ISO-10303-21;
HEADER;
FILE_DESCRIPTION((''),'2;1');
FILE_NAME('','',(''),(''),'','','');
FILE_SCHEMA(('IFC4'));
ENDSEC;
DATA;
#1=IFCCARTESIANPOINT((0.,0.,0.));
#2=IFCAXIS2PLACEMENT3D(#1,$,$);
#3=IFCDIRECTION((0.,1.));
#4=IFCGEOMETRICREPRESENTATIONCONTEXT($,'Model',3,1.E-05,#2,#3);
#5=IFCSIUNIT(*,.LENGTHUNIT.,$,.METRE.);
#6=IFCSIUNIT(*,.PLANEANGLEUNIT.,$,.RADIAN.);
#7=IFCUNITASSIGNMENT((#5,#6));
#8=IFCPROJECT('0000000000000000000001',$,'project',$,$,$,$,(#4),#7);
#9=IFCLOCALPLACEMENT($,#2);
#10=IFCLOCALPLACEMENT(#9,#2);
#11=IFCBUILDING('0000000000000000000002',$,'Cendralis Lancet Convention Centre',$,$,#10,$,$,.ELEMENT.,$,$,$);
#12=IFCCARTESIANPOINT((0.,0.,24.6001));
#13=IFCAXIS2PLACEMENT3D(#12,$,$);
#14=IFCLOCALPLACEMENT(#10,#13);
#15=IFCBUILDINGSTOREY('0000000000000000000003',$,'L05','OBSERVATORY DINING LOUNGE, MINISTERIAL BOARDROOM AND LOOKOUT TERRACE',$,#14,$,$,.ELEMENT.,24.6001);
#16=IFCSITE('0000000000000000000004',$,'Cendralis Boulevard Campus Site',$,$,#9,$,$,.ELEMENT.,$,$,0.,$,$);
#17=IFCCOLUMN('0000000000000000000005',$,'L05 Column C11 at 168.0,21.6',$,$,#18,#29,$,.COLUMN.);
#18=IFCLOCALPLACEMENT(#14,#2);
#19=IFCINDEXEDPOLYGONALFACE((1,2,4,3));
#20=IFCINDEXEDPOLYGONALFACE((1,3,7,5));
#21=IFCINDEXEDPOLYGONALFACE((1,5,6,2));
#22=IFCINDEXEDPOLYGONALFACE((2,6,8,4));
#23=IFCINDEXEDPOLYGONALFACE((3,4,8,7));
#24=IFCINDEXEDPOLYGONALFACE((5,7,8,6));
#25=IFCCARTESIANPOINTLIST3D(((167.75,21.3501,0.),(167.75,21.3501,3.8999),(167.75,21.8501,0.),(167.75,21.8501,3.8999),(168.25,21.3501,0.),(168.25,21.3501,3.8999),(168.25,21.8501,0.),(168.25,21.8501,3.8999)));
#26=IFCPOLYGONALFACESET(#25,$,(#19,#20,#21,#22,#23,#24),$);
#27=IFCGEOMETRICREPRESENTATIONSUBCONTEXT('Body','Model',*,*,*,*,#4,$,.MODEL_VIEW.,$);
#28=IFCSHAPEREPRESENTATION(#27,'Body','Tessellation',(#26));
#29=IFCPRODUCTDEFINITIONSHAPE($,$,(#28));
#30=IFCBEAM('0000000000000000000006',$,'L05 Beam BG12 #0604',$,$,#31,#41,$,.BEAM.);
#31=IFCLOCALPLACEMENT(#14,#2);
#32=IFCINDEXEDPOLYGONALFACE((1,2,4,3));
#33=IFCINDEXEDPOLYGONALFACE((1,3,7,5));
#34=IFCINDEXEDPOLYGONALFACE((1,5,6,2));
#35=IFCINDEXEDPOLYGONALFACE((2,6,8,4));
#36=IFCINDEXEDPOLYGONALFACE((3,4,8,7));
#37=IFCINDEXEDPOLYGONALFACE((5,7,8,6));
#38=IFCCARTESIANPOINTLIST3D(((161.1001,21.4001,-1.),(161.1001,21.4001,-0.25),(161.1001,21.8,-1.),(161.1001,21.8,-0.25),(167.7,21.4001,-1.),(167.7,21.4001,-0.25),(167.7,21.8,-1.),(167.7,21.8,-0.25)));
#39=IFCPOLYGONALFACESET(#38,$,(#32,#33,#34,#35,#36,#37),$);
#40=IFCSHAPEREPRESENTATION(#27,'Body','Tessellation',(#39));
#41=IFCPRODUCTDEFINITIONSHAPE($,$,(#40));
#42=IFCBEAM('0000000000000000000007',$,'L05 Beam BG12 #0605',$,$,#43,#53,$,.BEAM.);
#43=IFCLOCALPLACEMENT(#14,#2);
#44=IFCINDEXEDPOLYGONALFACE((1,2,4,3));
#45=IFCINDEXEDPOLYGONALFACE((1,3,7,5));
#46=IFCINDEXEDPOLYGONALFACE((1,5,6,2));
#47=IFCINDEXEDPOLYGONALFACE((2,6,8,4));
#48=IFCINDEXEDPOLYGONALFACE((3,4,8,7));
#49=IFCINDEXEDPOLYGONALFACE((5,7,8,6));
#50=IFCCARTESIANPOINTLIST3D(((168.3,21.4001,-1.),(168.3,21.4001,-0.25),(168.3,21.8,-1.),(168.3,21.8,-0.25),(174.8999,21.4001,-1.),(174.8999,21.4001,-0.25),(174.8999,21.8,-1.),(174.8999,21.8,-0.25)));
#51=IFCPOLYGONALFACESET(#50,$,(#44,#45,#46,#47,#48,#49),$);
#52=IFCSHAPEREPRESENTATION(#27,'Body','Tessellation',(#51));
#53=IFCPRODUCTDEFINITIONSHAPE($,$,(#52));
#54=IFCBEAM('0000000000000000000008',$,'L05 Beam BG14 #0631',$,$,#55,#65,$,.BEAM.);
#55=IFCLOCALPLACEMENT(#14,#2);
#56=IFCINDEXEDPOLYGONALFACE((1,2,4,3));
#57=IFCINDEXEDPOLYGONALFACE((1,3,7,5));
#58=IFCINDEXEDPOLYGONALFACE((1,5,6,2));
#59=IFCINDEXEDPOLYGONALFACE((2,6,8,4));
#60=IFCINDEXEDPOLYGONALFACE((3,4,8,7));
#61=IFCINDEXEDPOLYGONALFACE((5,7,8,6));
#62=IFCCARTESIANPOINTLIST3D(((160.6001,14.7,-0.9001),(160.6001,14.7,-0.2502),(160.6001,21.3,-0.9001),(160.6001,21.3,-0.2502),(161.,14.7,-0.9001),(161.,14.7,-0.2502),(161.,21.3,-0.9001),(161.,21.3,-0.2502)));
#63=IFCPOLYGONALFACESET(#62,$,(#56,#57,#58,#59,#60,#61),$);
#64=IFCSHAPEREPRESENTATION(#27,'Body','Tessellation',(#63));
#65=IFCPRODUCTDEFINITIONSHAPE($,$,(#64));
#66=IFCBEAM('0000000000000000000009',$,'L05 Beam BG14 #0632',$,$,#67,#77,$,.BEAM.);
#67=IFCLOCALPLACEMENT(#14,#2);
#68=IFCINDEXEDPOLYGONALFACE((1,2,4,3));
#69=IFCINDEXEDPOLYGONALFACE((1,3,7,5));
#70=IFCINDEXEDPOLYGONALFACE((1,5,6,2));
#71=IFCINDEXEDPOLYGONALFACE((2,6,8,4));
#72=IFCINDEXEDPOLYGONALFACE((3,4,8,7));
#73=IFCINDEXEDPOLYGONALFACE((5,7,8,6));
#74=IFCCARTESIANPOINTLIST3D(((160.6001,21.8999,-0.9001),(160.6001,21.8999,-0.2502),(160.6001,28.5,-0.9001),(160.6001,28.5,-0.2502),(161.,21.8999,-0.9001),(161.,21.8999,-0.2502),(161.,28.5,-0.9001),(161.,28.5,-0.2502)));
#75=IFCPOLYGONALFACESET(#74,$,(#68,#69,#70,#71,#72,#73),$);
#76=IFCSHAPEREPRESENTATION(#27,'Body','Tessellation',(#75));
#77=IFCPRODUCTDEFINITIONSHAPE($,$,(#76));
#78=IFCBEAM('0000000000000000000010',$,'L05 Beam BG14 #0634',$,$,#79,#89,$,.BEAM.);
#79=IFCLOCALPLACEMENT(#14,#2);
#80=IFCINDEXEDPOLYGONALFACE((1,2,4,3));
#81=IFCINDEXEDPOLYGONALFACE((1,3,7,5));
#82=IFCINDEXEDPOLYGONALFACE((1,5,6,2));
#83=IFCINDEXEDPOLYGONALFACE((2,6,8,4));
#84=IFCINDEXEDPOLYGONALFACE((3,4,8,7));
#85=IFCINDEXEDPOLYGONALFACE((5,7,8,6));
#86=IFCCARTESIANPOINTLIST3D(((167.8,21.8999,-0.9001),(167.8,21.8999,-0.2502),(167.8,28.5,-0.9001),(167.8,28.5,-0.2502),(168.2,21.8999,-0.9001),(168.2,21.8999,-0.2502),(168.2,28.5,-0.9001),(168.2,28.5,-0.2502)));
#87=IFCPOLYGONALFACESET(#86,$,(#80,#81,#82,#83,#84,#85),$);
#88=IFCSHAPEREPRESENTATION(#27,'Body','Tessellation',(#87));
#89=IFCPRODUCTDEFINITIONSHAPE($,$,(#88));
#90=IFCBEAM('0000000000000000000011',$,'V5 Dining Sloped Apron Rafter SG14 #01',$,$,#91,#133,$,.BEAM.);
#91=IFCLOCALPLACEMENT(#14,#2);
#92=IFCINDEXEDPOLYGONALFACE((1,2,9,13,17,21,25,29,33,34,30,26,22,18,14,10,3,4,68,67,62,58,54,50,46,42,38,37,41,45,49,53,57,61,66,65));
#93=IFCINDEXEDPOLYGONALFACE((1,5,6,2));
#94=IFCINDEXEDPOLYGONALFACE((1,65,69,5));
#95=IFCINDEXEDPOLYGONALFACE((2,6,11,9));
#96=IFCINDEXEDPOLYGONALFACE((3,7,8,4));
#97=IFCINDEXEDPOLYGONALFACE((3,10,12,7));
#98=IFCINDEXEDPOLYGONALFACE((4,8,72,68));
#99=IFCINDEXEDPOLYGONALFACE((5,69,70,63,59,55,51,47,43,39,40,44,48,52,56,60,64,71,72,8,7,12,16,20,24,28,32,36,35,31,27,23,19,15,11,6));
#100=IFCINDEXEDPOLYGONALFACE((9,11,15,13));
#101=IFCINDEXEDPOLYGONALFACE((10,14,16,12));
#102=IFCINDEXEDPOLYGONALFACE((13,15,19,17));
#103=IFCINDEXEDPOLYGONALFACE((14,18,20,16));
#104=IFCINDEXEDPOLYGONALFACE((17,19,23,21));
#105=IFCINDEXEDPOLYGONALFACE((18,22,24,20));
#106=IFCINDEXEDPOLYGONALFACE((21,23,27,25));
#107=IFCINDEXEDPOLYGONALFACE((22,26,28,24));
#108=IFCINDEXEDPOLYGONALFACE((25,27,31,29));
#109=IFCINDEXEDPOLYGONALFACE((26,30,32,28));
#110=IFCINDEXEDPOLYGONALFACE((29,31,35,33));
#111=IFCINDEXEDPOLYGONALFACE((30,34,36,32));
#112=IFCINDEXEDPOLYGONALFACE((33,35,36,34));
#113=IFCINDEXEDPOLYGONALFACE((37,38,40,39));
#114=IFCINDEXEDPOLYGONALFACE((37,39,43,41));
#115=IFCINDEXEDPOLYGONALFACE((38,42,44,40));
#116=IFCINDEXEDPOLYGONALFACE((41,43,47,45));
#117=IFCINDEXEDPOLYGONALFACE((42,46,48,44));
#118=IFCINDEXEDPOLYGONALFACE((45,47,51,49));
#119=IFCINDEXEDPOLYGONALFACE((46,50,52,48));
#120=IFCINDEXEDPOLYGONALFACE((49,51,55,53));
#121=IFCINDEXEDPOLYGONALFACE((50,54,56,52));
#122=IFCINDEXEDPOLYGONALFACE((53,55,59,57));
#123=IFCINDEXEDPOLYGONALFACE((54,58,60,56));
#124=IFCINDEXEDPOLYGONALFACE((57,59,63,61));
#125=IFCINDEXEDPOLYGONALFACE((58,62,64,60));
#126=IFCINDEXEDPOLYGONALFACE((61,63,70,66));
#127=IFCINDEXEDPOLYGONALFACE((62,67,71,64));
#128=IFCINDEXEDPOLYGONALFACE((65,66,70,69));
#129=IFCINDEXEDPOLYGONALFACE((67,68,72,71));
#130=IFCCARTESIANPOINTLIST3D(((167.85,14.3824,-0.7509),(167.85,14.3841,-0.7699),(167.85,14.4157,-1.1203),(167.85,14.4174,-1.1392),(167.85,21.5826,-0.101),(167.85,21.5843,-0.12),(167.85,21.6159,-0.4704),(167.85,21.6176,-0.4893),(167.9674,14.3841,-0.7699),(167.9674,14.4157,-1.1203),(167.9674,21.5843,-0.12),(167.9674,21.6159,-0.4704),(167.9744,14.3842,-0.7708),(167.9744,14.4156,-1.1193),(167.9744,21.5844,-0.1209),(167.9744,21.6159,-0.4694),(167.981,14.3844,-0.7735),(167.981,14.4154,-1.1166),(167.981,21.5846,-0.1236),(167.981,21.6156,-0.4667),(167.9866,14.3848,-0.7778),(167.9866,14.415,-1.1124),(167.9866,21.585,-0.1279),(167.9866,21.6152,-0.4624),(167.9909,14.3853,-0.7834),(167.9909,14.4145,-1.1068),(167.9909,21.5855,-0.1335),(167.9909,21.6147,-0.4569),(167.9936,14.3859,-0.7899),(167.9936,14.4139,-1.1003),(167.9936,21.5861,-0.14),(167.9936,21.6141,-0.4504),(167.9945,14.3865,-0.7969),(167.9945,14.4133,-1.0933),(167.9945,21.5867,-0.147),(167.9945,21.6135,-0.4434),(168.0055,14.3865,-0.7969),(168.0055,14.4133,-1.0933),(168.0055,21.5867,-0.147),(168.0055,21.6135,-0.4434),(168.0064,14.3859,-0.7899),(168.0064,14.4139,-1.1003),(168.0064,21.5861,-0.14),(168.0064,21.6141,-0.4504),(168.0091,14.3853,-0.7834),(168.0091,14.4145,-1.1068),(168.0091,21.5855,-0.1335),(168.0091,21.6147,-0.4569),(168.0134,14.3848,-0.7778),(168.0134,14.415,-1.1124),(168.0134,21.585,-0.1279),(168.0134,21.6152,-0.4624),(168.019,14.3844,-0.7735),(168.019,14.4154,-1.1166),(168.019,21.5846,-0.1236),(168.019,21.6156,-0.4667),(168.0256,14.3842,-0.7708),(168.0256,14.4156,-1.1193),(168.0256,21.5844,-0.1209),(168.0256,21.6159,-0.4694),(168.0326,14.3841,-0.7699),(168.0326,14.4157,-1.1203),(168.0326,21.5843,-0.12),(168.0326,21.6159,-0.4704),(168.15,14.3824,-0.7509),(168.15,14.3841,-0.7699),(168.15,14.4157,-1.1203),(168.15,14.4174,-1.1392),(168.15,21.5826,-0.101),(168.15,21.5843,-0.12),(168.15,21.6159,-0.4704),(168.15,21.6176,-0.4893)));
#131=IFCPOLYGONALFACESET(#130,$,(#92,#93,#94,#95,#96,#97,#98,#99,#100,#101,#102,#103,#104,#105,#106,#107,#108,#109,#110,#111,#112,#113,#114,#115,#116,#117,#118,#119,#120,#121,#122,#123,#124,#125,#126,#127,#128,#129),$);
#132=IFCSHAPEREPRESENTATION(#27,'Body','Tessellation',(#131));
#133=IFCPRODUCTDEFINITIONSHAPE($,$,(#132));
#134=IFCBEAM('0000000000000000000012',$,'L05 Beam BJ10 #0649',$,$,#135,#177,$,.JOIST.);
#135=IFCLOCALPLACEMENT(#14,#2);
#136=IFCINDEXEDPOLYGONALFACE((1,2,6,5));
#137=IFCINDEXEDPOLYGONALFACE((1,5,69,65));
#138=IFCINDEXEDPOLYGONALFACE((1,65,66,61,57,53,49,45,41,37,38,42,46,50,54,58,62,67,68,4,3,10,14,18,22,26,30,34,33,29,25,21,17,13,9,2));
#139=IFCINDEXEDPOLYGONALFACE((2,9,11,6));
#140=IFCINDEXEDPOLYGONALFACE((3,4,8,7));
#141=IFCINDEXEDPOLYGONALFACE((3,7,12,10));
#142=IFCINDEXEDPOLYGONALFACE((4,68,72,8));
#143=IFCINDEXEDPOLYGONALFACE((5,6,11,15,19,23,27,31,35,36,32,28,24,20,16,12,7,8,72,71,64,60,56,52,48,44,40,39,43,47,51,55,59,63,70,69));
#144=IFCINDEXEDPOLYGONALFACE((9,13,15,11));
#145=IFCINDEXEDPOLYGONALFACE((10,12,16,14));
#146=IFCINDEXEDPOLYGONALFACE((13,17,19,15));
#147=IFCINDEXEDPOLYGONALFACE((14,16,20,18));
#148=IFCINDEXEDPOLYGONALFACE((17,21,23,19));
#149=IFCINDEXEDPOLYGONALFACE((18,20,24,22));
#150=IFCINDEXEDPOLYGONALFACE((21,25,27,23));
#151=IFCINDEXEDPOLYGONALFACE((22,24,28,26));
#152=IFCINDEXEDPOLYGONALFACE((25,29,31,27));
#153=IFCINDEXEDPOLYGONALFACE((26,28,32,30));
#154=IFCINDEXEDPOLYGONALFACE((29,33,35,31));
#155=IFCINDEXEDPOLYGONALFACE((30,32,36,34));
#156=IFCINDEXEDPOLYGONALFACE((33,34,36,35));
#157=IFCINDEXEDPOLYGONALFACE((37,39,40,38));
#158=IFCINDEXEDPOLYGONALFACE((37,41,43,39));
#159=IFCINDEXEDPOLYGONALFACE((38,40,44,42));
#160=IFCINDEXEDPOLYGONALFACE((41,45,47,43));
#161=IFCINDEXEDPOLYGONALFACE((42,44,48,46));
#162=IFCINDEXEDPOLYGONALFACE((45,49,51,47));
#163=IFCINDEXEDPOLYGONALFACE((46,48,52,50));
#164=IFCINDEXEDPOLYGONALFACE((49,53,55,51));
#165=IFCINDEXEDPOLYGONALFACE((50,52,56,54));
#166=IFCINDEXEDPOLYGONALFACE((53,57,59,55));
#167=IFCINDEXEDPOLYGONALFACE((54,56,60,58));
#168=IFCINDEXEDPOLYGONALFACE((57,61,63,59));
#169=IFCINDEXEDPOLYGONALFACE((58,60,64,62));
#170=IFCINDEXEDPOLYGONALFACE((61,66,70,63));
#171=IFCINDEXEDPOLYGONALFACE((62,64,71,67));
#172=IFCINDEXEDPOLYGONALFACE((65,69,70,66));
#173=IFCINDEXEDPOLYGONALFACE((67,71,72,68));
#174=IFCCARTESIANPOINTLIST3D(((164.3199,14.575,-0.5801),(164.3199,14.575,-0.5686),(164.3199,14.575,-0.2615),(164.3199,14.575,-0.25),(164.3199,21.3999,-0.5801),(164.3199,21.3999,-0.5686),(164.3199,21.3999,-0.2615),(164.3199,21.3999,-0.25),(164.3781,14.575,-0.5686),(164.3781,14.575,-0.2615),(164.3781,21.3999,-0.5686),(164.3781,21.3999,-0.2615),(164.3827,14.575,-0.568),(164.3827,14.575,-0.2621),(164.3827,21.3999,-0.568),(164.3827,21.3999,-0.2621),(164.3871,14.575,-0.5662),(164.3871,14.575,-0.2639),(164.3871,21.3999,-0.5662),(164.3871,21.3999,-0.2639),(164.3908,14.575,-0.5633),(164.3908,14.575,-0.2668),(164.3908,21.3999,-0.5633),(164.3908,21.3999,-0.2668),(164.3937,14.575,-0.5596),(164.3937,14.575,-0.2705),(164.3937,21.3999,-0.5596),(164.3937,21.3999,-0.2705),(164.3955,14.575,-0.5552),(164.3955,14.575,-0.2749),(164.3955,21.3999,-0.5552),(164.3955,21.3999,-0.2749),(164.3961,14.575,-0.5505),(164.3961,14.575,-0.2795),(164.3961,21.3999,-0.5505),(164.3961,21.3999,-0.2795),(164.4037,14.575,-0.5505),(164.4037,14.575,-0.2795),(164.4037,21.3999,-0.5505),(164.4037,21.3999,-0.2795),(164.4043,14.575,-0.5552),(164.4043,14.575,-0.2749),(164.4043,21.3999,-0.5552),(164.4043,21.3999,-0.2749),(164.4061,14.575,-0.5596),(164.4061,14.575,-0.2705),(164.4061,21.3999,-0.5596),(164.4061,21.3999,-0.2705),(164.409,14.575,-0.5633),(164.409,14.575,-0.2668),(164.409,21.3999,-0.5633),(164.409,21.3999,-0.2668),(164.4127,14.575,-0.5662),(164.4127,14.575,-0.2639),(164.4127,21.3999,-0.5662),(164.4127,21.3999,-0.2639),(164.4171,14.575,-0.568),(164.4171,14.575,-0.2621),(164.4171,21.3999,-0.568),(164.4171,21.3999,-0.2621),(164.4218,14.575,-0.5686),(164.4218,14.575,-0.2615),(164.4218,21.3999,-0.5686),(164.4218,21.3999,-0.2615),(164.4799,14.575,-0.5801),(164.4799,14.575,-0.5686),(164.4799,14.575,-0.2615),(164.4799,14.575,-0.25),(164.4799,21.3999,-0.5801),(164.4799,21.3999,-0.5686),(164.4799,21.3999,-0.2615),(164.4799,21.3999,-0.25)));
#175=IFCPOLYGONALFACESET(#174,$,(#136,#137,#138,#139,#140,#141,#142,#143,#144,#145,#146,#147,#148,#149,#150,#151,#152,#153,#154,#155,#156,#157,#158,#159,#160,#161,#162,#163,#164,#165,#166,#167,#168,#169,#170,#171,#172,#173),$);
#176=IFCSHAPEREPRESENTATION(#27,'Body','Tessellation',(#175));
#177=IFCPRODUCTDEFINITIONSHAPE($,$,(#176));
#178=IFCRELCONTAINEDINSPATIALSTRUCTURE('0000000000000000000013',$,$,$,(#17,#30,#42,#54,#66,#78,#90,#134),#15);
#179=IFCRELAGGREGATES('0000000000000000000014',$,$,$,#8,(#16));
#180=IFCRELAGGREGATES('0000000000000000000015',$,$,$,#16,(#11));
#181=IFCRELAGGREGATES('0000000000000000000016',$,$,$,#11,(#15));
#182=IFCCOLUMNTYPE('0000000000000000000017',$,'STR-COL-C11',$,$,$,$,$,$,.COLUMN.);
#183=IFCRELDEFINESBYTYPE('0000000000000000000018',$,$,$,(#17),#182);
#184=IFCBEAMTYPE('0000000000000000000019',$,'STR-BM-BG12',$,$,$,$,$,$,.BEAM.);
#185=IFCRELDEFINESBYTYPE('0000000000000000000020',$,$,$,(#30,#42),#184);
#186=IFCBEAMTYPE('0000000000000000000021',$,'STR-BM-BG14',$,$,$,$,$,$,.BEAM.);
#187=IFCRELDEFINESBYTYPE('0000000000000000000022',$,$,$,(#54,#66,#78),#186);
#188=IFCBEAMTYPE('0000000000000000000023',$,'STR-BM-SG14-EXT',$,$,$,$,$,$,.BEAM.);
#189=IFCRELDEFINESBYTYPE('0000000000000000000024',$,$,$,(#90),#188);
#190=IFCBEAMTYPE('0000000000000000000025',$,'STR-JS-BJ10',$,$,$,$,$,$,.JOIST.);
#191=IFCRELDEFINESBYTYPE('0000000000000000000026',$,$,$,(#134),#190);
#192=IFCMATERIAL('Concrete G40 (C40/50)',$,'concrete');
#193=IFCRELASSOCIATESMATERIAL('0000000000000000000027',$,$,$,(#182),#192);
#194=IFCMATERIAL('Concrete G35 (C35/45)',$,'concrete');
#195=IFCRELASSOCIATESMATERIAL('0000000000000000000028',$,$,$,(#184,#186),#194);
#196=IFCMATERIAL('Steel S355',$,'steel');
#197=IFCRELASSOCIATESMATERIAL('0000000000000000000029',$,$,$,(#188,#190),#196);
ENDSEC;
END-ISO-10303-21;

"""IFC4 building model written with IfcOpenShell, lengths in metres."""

from ifc_helpers import new_model, si_unit, direction, frame, origin, origin_2d, place, context, subcontext, project, spatial, rectangle, i_section, extrude, material, material_profile, profile_set, type_object, element, save


model = new_model("IFC4")

# Units and contexts
model_context = context("Model", 3, precision=1e-05, world=origin(), true_north=direction((0.0, 1.0)))
body_context = subcontext(model_context, "Body", "Model", "MODEL_VIEW")
ifc_project = project(units=[si_unit("LENGTHUNIT", "METRE"), si_unit("PLANEANGLEUNIT", "RADIAN")], contexts=[model_context])

# Site, building, storey
site_placement = place(None, origin())
site = spatial("IfcSite", under=ifc_project, at=site_placement, Name="Cendralis Boulevard Campus Site", CompositionType="ELEMENT", RefElevation=0.0)
building_placement = place(site_placement, origin())
building = spatial("IfcBuilding", under=site, at=building_placement, Name="Cendralis Lancet Convention Centre", CompositionType="ELEMENT")
storey_placement = place(building_placement, frame((0.0, 0.0, 24.6001)))
storey = spatial("IfcBuildingStorey", under=building, at=storey_placement, Name="L05", Description="OBSERVATORY DINING LOUNGE, MINISTERIAL BOARDROOM AND LOOKOUT TERRACE", CompositionType="ELEMENT", Elevation=24.6001)

# Column
ifc_material_1 = material(Name="Concrete G40 (C40/50)", Category="concrete")
ifc_material_profile_1 = material_profile(ifc_material_1, rectangle(XDim=0.5, YDim=0.5, at=origin_2d()), Name="RC 500x500")
ifc_profile_set_1 = profile_set([ifc_material_profile_1], Name="Concrete G40 (C40/50)")
column_type = type_object("IfcColumnType", Name="STR-COL-C11", PredefinedType="COLUMN", material=ifc_profile_set_1)
column_placement = place(storey_placement, frame((168.0, 21.6001, 0.0), z_axis=(0.0, 0.0, 1.0), x_axis=(1.0, 0.0, 0.0)))
element("IfcColumn", 1, at=column_placement, inside=storey, type_object=column_type, Name="L05 Column C11 at 168.0,21.6", PredefinedType="COLUMN", context=body_context, shape_type="SweptSolid", body=[
    extrude(rectangle(XDim=0.5, YDim=0.5, at=origin_2d()), origin(), (0.0, 0.0, 1.0), 3.8999),
])

# Beams
ifc_material_2 = material(Name="Concrete G35 (C35/45)", Category="concrete")
ifc_material_profile_2 = material_profile(ifc_material_2, rectangle(XDim=0.3999, YDim=0.75, at=origin_2d()), Name="RCB 400x750")
ifc_profile_set_2 = profile_set([ifc_material_profile_2], Name="Concrete G35 (C35/45)")
beam_type_1 = type_object("IfcBeamType", Name="STR-BM-BG12", PredefinedType="BEAM", material=ifc_profile_set_2)
for number, where, z_axis, x_axis, name in (
    (2, (161.1001, 21.6001, -0.625), (1.0, 0.0, 0.0), (0.0, 1.0, 0.0), "L05 Beam BG12 #0604"),
    (3, (168.3, 21.6001, -0.625), (1.0, 0.0, 0.0), (0.0, 1.0, 0.0), "L05 Beam BG12 #0605"),
):
    element("IfcBeam", number, at=place(storey_placement, frame(where, z_axis=z_axis, x_axis=x_axis)), inside=storey, type_object=beam_type_1, Name=name, PredefinedType="BEAM", context=body_context, shape_type="SweptSolid", body=[
        extrude(rectangle(XDim=0.3999, YDim=0.75, at=origin_2d()), origin(), (0.0, 0.0, 1.0), 6.5999),
    ])
ifc_material_profile_3 = material_profile(ifc_material_2, rectangle(XDim=0.3999, YDim=0.6499, at=origin_2d()), Name="RCB 400x650")
ifc_profile_set_3 = profile_set([ifc_material_profile_3], Name="Concrete G35 (C35/45)")
beam_type_2 = type_object("IfcBeamType", Name="STR-BM-BG14", PredefinedType="BEAM", material=ifc_profile_set_3)
for number, where, z_axis, x_axis, name in (
    (4, (160.8, 14.7, -0.5752), (0.0, 1.0, 0.0), (-1.0, 0.0, 0.0), "L05 Beam BG14 #0631"),
    (5, (160.8, 21.8999, -0.5752), (0.0, 1.0, 0.0), (-1.0, 0.0, 0.0), "L05 Beam BG14 #0632"),
    (6, (168.0, 21.8999, -0.5752), (0.0, 1.0, 0.0), (-1.0, 0.0, 0.0), "L05 Beam BG14 #0634"),
):
    element("IfcBeam", number, at=place(storey_placement, frame(where, z_axis=z_axis, x_axis=x_axis)), inside=storey, type_object=beam_type_2, Name=name, PredefinedType="BEAM", context=body_context, shape_type="SweptSolid", body=[
        extrude(rectangle(XDim=0.3999, YDim=0.6499, at=origin_2d()), origin(), (0.0, 0.0, 1.0), 6.6001),
    ])
ifc_material_3 = material(Name="Steel S355", Category="steel")
ifc_material_profile_4 = material_profile(ifc_material_3, i_section(OverallWidth=0.3, OverallDepth=0.3899, WebThickness=0.011, FlangeThickness=0.019, FilletRadius=0.0271, at=origin_2d()), Name="HEA 400")
ifc_profile_set_4 = profile_set([ifc_material_profile_4], Name="Steel S355")
beam_type_3 = type_object("IfcBeamType", Name="STR-BM-SG14-EXT", PredefinedType="BEAM", material=ifc_profile_set_4)
beam_1_placement = place(storey_placement, frame((168.0, 14.3999, -0.9451), z_axis=(0.0, 0.995951, 0.089896), x_axis=(-1.0, 0.0, 0.0)))
element("IfcBeam", 7, at=beam_1_placement, inside=storey, type_object=beam_type_3, Name="V5 Dining Sloped Apron Rafter SG14 #01", PredefinedType="BEAM", context=body_context, shape_type="SweptSolid", body=[
    extrude(i_section(OverallWidth=0.3, OverallDepth=0.3899, WebThickness=0.011, FlangeThickness=0.019, FilletRadius=0.0271, at=origin_2d()), origin(), (0.0, 0.0, 1.0), 7.2295),
])
ifc_material_profile_5 = material_profile(ifc_material_3, i_section(OverallWidth=0.1599, OverallDepth=0.3301, WebThickness=0.0076, FlangeThickness=0.0115, FilletRadius=0.0181, at=origin_2d()), Name="IPE 330")
ifc_profile_set_5 = profile_set([ifc_material_profile_5], Name="Steel S355")
beam_type_4 = type_object("IfcBeamType", Name="STR-JS-BJ10", PredefinedType="JOIST", material=ifc_profile_set_5)
beam_2_placement = place(storey_placement, frame((164.3999, 14.575, -0.415), z_axis=(0.0, 1.0, 0.0), x_axis=(-1.0, 0.0, 0.0)))
element("IfcBeam", 8, at=beam_2_placement, inside=storey, type_object=beam_type_4, Name="L05 Beam BJ10 #0649", PredefinedType="JOIST", context=body_context, shape_type="SweptSolid", body=[
    extrude(i_section(OverallWidth=0.1599, OverallDepth=0.3301, WebThickness=0.0076, FlangeThickness=0.0115, FilletRadius=0.0181, at=origin_2d()), origin(), (0.0, 0.0, 1.0), 6.825),
])

save(model, "model.ifc")
